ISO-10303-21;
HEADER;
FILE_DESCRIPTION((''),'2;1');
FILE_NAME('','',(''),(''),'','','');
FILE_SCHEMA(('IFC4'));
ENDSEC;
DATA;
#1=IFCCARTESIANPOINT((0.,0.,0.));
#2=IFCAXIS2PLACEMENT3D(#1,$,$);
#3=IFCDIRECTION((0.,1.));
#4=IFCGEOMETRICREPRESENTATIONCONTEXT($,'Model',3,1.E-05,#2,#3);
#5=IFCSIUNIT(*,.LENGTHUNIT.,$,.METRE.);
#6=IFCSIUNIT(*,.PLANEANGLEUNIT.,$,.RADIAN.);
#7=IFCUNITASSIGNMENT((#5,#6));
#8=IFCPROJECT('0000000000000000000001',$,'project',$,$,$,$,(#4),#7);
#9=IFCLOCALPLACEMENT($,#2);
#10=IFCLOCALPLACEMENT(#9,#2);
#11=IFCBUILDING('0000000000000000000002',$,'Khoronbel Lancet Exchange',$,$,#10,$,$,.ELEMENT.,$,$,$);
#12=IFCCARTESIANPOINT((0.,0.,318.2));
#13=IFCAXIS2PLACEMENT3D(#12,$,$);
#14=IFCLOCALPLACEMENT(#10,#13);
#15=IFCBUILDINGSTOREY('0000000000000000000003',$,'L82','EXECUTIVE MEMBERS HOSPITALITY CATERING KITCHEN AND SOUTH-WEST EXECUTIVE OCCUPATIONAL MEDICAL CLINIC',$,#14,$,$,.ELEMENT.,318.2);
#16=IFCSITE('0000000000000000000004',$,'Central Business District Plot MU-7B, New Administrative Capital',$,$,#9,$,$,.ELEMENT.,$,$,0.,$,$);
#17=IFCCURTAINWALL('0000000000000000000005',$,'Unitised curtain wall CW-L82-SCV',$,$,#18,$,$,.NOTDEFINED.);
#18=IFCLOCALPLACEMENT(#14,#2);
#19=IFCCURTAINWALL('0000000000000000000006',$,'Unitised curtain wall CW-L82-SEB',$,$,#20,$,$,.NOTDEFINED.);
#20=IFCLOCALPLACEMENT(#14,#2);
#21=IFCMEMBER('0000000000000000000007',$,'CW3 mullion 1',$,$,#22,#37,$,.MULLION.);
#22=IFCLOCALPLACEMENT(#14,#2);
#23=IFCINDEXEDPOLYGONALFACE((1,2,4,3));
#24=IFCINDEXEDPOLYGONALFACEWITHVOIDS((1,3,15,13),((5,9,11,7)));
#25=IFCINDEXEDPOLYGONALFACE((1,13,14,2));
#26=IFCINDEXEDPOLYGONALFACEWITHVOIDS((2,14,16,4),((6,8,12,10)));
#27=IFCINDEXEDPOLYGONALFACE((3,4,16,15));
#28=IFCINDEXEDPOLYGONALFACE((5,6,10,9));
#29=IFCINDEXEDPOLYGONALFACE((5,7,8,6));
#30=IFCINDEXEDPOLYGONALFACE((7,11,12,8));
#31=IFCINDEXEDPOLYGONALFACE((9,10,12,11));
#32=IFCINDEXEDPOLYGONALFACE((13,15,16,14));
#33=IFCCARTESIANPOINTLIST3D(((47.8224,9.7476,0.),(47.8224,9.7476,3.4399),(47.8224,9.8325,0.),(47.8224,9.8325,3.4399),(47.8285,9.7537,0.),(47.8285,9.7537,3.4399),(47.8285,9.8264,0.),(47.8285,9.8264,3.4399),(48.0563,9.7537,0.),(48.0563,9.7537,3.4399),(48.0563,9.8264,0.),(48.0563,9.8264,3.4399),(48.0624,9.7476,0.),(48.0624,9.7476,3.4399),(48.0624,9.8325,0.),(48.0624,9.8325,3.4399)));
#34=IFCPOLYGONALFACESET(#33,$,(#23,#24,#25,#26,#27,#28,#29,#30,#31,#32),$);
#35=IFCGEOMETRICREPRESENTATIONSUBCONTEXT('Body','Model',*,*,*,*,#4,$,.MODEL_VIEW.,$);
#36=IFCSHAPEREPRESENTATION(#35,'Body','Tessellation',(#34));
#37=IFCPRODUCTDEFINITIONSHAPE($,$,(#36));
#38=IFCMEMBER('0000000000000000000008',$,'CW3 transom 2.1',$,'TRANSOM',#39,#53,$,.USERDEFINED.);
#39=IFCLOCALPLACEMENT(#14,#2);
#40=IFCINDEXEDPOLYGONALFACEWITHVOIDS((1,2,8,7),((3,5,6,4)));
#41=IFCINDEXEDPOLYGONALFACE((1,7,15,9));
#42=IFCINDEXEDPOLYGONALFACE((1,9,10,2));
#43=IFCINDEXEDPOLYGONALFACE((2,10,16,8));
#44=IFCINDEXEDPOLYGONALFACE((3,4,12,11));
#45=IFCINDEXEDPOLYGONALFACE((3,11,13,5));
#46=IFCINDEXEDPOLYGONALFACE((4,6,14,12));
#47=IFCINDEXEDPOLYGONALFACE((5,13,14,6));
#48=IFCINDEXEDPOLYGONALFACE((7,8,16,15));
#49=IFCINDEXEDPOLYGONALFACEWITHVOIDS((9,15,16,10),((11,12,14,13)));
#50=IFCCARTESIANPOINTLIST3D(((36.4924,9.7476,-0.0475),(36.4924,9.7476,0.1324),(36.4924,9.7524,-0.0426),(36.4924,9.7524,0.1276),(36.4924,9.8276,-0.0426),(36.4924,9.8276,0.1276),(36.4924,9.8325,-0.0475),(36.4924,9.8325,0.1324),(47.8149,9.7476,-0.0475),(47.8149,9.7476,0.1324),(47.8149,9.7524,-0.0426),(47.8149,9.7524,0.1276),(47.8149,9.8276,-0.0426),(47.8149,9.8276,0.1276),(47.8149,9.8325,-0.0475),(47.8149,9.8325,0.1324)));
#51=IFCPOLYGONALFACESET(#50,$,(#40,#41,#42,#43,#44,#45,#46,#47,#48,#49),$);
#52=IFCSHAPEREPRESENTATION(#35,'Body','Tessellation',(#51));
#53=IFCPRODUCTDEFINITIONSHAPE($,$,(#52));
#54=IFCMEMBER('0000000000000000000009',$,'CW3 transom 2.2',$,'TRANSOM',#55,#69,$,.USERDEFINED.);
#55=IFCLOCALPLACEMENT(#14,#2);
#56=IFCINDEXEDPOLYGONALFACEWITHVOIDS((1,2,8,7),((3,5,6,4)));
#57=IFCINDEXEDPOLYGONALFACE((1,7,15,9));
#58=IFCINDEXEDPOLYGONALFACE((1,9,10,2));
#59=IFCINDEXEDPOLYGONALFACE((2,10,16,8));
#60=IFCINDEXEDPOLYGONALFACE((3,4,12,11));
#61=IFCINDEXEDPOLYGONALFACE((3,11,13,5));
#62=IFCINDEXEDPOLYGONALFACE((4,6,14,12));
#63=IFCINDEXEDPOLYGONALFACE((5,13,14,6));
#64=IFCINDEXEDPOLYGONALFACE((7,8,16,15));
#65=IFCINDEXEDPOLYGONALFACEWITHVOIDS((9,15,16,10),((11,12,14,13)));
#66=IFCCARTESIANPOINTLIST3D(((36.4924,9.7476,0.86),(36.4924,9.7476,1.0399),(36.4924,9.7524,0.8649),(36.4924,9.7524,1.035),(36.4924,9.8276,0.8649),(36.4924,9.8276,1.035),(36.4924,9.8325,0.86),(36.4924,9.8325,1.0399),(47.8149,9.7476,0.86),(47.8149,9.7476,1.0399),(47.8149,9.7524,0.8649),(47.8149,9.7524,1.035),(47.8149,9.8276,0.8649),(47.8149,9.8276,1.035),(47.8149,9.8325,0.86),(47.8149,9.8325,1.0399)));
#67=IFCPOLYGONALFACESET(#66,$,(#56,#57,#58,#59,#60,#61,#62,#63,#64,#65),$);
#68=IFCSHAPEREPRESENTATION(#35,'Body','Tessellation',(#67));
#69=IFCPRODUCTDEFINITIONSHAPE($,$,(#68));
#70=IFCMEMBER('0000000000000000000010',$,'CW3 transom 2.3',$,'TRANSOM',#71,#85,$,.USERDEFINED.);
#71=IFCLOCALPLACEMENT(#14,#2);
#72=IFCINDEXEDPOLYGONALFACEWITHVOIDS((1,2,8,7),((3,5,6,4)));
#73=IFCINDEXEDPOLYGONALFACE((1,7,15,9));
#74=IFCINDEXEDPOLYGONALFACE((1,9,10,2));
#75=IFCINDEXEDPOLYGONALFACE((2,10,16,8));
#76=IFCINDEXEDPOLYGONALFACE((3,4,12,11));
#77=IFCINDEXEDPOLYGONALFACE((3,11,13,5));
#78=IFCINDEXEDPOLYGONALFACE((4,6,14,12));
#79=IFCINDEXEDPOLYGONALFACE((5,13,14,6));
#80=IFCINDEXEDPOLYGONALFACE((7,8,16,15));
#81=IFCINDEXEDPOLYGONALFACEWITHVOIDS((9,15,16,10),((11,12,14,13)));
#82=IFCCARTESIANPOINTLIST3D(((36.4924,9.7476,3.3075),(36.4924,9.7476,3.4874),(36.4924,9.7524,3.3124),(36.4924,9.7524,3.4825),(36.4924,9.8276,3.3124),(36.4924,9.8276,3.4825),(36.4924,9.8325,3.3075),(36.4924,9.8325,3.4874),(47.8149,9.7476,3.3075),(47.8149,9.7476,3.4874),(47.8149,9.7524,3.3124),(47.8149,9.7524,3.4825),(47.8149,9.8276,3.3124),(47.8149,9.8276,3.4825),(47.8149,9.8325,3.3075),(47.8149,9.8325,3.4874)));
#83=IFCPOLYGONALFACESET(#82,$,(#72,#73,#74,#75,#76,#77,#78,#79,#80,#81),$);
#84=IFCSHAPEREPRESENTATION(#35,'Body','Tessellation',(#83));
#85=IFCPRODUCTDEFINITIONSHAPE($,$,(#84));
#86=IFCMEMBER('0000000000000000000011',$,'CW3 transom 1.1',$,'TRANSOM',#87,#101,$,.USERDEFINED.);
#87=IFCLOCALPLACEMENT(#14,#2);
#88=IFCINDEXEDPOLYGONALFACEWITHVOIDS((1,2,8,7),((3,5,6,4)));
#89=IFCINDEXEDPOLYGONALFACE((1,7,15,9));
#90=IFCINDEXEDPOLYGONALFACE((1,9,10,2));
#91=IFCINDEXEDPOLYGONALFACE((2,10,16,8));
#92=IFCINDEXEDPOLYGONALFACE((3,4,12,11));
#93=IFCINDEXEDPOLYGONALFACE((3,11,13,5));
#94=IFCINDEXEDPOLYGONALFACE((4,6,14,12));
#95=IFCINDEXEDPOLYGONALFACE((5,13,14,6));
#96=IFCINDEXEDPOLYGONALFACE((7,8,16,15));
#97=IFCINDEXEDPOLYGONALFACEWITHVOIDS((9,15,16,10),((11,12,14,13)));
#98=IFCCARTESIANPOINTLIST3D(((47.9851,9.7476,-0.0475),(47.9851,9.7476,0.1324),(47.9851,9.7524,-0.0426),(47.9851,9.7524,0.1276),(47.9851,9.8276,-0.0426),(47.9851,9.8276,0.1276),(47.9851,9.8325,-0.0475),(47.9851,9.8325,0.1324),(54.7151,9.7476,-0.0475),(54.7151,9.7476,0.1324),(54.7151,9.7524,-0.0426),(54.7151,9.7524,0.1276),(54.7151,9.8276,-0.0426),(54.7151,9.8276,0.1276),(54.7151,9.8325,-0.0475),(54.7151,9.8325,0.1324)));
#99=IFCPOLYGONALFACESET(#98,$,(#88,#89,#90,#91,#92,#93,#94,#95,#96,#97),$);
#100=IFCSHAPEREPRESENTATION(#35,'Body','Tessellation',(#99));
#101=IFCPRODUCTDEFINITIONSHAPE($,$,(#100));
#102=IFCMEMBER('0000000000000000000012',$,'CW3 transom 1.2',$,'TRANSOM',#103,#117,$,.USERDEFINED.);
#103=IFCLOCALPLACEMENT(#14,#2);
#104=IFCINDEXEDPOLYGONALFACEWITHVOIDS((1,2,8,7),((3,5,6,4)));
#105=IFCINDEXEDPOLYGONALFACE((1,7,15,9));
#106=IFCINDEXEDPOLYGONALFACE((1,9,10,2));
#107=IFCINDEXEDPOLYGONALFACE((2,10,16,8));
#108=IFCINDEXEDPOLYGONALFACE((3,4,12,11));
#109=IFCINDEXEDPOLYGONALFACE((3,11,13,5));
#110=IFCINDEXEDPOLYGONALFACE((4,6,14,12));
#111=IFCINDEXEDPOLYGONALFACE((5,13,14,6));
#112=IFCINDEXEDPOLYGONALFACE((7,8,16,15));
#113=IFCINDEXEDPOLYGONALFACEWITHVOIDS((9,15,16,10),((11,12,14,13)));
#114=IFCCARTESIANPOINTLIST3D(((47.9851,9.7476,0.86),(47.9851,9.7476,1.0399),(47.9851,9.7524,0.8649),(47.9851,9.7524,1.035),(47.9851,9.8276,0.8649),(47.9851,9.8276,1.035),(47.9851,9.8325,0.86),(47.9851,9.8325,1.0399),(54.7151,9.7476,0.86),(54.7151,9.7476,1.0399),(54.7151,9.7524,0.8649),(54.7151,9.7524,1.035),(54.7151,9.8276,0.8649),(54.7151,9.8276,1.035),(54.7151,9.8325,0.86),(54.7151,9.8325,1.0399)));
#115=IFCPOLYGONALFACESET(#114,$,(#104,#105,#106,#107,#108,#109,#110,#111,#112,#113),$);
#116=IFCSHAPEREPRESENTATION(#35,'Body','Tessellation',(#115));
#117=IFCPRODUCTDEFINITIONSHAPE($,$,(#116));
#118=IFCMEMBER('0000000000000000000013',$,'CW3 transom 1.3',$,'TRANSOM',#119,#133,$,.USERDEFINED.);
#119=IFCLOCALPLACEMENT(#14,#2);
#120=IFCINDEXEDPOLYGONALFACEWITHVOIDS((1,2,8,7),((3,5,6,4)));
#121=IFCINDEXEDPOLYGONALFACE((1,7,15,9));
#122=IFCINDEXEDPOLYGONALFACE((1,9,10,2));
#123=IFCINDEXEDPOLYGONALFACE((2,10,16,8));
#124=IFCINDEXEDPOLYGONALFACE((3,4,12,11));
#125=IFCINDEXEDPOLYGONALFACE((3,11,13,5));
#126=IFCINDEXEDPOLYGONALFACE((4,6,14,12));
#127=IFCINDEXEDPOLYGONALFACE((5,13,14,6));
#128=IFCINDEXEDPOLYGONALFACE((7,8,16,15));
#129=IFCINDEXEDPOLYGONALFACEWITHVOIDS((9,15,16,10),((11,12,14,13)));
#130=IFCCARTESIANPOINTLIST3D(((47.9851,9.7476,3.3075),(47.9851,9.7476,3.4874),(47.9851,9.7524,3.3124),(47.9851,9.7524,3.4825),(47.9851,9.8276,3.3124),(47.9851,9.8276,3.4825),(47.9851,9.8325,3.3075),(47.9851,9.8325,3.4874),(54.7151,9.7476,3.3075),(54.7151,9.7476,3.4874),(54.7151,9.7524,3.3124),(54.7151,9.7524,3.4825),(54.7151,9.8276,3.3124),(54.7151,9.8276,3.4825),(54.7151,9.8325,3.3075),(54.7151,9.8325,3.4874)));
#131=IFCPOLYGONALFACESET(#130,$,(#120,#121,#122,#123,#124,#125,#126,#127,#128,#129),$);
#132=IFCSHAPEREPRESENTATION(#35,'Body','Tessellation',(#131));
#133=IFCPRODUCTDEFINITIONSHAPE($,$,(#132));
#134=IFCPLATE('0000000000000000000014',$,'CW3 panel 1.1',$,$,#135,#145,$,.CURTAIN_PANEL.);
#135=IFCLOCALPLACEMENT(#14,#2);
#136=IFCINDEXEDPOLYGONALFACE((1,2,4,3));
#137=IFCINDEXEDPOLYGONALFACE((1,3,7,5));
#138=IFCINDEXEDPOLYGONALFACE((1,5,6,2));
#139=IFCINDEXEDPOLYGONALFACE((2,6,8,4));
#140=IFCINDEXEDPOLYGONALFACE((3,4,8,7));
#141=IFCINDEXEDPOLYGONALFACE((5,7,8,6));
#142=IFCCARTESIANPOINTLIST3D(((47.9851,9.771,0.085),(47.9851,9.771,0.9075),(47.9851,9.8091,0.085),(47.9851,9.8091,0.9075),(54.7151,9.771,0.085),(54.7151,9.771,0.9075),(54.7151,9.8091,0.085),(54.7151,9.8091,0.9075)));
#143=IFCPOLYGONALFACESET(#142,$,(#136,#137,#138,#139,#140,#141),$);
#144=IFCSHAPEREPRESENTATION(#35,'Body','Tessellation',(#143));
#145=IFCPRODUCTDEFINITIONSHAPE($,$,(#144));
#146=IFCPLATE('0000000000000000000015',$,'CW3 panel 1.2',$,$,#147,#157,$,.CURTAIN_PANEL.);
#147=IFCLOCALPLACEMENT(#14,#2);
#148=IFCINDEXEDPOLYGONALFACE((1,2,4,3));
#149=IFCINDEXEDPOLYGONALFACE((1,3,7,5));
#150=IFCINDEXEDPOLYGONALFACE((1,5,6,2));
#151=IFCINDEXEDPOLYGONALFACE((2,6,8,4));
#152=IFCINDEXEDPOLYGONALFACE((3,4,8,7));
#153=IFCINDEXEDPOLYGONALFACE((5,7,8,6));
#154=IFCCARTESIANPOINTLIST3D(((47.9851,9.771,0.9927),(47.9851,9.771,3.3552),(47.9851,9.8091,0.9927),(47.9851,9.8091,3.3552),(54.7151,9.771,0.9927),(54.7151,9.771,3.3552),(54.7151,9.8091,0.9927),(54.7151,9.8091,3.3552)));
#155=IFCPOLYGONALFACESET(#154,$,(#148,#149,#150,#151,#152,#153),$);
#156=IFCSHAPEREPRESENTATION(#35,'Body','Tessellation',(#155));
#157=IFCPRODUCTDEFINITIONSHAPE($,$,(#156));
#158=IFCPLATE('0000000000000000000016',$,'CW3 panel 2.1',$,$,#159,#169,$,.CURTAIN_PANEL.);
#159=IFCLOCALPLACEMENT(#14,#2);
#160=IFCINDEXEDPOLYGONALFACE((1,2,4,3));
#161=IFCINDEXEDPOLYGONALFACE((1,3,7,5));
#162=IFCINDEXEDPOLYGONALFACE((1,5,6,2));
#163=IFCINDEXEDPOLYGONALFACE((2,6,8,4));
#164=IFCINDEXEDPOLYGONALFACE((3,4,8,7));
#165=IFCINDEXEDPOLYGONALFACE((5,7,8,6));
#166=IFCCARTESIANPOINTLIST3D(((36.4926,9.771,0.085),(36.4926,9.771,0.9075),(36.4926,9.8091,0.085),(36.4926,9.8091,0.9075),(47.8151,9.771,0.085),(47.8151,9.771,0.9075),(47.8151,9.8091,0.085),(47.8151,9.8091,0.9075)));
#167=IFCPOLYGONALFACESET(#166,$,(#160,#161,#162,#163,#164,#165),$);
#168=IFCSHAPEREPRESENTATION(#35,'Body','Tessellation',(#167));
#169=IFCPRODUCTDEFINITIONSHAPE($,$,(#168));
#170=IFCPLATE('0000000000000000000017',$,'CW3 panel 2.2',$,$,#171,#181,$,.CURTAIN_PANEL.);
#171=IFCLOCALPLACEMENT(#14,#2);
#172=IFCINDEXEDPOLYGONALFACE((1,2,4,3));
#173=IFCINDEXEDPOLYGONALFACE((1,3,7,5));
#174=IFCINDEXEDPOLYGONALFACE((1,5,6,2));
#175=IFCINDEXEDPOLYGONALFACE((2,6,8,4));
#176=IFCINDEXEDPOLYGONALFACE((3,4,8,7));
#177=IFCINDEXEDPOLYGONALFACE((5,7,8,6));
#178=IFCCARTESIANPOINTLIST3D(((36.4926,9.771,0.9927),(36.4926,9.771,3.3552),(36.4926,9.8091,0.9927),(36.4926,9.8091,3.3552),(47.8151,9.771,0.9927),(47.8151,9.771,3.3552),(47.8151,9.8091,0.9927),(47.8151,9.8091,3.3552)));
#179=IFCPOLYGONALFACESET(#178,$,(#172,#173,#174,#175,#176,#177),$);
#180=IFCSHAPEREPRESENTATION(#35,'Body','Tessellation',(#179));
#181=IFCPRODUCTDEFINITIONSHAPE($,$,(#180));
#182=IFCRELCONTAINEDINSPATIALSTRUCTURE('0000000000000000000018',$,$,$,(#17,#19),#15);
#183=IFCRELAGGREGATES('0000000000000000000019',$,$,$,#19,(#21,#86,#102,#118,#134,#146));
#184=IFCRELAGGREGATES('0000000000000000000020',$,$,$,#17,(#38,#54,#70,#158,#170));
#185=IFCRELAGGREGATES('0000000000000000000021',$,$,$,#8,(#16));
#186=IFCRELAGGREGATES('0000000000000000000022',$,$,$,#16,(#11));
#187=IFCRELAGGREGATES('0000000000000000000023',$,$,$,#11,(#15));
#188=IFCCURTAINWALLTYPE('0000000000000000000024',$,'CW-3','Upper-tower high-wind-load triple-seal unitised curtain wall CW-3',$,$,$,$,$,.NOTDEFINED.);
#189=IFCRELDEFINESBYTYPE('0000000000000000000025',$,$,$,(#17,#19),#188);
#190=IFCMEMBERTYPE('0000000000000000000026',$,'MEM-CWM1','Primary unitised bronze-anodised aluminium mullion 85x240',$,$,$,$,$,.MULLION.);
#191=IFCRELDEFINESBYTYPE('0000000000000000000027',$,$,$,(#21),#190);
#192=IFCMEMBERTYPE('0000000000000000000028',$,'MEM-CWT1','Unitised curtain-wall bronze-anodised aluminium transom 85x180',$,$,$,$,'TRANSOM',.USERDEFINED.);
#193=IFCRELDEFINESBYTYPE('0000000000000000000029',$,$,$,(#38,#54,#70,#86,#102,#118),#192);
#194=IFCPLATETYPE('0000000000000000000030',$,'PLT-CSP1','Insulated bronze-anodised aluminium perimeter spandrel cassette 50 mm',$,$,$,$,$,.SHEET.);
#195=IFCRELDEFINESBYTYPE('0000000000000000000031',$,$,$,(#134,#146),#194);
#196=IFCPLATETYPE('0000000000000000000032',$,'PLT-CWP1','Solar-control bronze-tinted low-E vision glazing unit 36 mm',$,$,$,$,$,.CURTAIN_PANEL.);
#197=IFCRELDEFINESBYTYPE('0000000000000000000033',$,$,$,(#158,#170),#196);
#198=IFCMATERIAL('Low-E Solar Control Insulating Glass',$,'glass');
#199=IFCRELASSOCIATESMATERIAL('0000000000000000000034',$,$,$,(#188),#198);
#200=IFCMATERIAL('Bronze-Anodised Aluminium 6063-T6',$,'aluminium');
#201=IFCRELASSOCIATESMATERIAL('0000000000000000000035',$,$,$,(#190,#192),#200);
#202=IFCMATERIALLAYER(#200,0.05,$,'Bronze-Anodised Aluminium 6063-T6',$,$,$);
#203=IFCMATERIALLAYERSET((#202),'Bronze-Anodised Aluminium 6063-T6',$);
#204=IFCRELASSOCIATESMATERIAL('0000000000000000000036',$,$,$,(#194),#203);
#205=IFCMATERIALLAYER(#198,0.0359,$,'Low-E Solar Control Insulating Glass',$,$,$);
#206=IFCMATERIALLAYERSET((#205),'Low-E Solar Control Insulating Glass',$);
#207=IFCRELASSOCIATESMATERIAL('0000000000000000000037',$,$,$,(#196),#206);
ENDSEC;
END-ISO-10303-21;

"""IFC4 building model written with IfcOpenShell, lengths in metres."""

from ifc_helpers import new_model, si_unit, direction, frame, origin, origin_2d, place, context, subcontext, project, spatial, rectangle, hollow_rectangle, extrude, material, layer, layer_set, material_profile, profile_set, type_object, element, aggregate, save


model = new_model("IFC4")

# Units and contexts
model_context = context("Model", 3, precision=1e-05, world=origin(), true_north=direction((0.0, 1.0)))
body_context = subcontext(model_context, "Body", "Model", "MODEL_VIEW")
ifc_project = project(units=[si_unit("LENGTHUNIT", "METRE"), si_unit("PLANEANGLEUNIT", "RADIAN")], contexts=[model_context])

# Site, building, storey
site_placement = place(None, origin())
site = spatial("IfcSite", under=ifc_project, at=site_placement, Name="Central Business District Plot MU-7B, New Administrative Capital", CompositionType="ELEMENT", RefElevation=0.0)
building_placement = place(site_placement, origin())
building = spatial("IfcBuilding", under=site, at=building_placement, Name="Khoronbel Lancet Exchange", CompositionType="ELEMENT")
storey_placement = place(building_placement, frame((0.0, 0.0, 318.2)))
storey = spatial("IfcBuildingStorey", under=building, at=storey_placement, Name="L82", Description="EXECUTIVE MEMBERS HOSPITALITY CATERING KITCHEN AND SOUTH-WEST EXECUTIVE OCCUPATIONAL MEDICAL CLINIC", CompositionType="ELEMENT", Elevation=318.2)

# Curtain wall
ifc_material_1 = material(Name="Low-E Solar Control Insulating Glass", Category="glass")
curtain_wall_type = type_object("IfcCurtainWallType", Name="CW-3", Description="Upper-tower high-wind-load triple-seal unitised curtain wall CW-3", PredefinedType="NOTDEFINED", material=ifc_material_1)
curtain_wall_1_placement = place(storey_placement, origin())
curtain_wall_1 = element("IfcCurtainWall", 1, at=curtain_wall_1_placement, inside=storey, type_object=curtain_wall_type, Name="Unitised curtain wall CW-L82-SCV", PredefinedType="NOTDEFINED")
ifc_material_2 = material(Name="Bronze-Anodised Aluminium 6063-T6", Category="aluminium")
ifc_material_profile_1 = material_profile(ifc_material_2, hollow_rectangle(XDim=0.085, YDim=0.24, WallThickness=0.0061, at=origin_2d()), Name="ALU MULLION 85x240")
ifc_profile_set_1 = profile_set([ifc_material_profile_1], Name="Bronze-Anodised Aluminium 6063-T6")
member_type_1 = type_object("IfcMemberType", Name="MEM-CWM1", Description="Primary unitised bronze-anodised aluminium mullion 85x240", PredefinedType="MULLION", material=ifc_profile_set_1)

# Curtain wall, member
curtain_wall_2_placement = place(storey_placement, origin())
curtain_wall_2 = element("IfcCurtainWall", 2, at=curtain_wall_2_placement, inside=storey, type_object=curtain_wall_type, Name="Unitised curtain wall CW-L82-SEB", PredefinedType="NOTDEFINED")
member_1_placement = place(storey_placement, frame((47.9424, 9.79, 0.0), z_axis=(0.0, 0.0, 1.0), x_axis=(0.0, 1.0, 0.0)))
member_1 = element("IfcMember", 3, at=member_1_placement, type_object=member_type_1, Name="CW3 mullion 1", PredefinedType="MULLION", context=body_context, shape_type="SweptSolid", body=[
    extrude(hollow_rectangle(XDim=0.085, YDim=0.24, WallThickness=0.0061, at=origin_2d()), origin(), (0.0, 0.0, 1.0), 3.4399),
])

# Members
ifc_material_profile_2 = material_profile(ifc_material_2, hollow_rectangle(XDim=0.085, YDim=0.1799, WallThickness=0.0049, at=origin_2d()), Name="ALU TRANSOM 85x180")
ifc_profile_set_2 = profile_set([ifc_material_profile_2], Name="Bronze-Anodised Aluminium 6063-T6")
member_type_2 = type_object("IfcMemberType", Name="MEM-CWT1", Description="Unitised curtain-wall bronze-anodised aluminium transom 85x180", ElementType="TRANSOM", PredefinedType="USERDEFINED", material=ifc_profile_set_2)
member_2_placement = place(storey_placement, frame((36.4924, 9.79, 0.0425), z_axis=(1.0, 0.0, 0.0), x_axis=(0.0, 1.0, 0.0)))
member_2 = element("IfcMember", 4, at=member_2_placement, type_object=member_type_2, Name="CW3 transom 2.1", ObjectType="TRANSOM", PredefinedType="USERDEFINED", context=body_context, shape_type="SweptSolid", body=[
    extrude(hollow_rectangle(XDim=0.085, YDim=0.1799, WallThickness=0.0049, at=origin_2d()), origin(), (0.0, 0.0, 1.0), 11.3225),
])
member_3_placement = place(storey_placement, frame((36.4924, 9.79, 0.95), z_axis=(1.0, 0.0, 0.0), x_axis=(0.0, 1.0, 0.0)))
member_3 = element("IfcMember", 5, at=member_3_placement, type_object=member_type_2, Name="CW3 transom 2.2", ObjectType="TRANSOM", PredefinedType="USERDEFINED", context=body_context, shape_type="SweptSolid", body=[
    extrude(hollow_rectangle(XDim=0.085, YDim=0.1799, WallThickness=0.0049, at=origin_2d()), origin(), (0.0, 0.0, 1.0), 11.3225),
])
member_4_placement = place(storey_placement, frame((36.4924, 9.79, 3.3975), z_axis=(1.0, 0.0, 0.0), x_axis=(0.0, 1.0, 0.0)))
member_4 = element("IfcMember", 6, at=member_4_placement, type_object=member_type_2, Name="CW3 transom 2.3", ObjectType="TRANSOM", PredefinedType="USERDEFINED", context=body_context, shape_type="SweptSolid", body=[
    extrude(hollow_rectangle(XDim=0.085, YDim=0.1799, WallThickness=0.0049, at=origin_2d()), origin(), (0.0, 0.0, 1.0), 11.3225),
])
member_5_placement = place(storey_placement, frame((47.9851, 9.79, 0.0425), z_axis=(1.0, 0.0, 0.0), x_axis=(0.0, 1.0, 0.0)))
member_5 = element("IfcMember", 7, at=member_5_placement, type_object=member_type_2, Name="CW3 transom 1.1", ObjectType="TRANSOM", PredefinedType="USERDEFINED", context=body_context, shape_type="SweptSolid", body=[
    extrude(hollow_rectangle(XDim=0.085, YDim=0.1799, WallThickness=0.0049, at=origin_2d()), origin(), (0.0, 0.0, 1.0), 6.73),
])
member_6_placement = place(storey_placement, frame((47.9851, 9.79, 0.95), z_axis=(1.0, 0.0, 0.0), x_axis=(0.0, 1.0, 0.0)))
member_6 = element("IfcMember", 8, at=member_6_placement, type_object=member_type_2, Name="CW3 transom 1.2", ObjectType="TRANSOM", PredefinedType="USERDEFINED", context=body_context, shape_type="SweptSolid", body=[
    extrude(hollow_rectangle(XDim=0.085, YDim=0.1799, WallThickness=0.0049, at=origin_2d()), origin(), (0.0, 0.0, 1.0), 6.73),
])
member_7_placement = place(storey_placement, frame((47.9851, 9.79, 3.3975), z_axis=(1.0, 0.0, 0.0), x_axis=(0.0, 1.0, 0.0)))
member_7 = element("IfcMember", 9, at=member_7_placement, type_object=member_type_2, Name="CW3 transom 1.3", ObjectType="TRANSOM", PredefinedType="USERDEFINED", context=body_context, shape_type="SweptSolid", body=[
    extrude(hollow_rectangle(XDim=0.085, YDim=0.1799, WallThickness=0.0049, at=origin_2d()), origin(), (0.0, 0.0, 1.0), 6.73),
])

# Plates
ifc_layer_1 = layer(ifc_material_2, 0.05, Name="Bronze-Anodised Aluminium 6063-T6")
ifc_layer_set_1 = layer_set([ifc_layer_1], Name="Bronze-Anodised Aluminium 6063-T6")
plate_type_1 = type_object("IfcPlateType", Name="PLT-CSP1", Description="Insulated bronze-anodised aluminium perimeter spandrel cassette 50 mm", PredefinedType="SHEET", material=ifc_layer_set_1)
plate_1_placement = place(storey_placement, frame((51.3501, 9.79, 0.085), z_axis=(0.0, 0.0, 1.0), x_axis=(1.0, 0.0, 0.0)))
plate_1 = element("IfcPlate", 10, at=plate_1_placement, type_object=plate_type_1, Name="CW3 panel 1.1", PredefinedType="CURTAIN_PANEL", context=body_context, shape_type="SweptSolid", body=[
    extrude(rectangle(XDim=6.73, YDim=0.0381, at=origin_2d()), origin(), (0.0, 0.0, 1.0), 0.8225),
])
plate_2_placement = place(storey_placement, frame((51.3501, 9.79, 0.9927), z_axis=(0.0, 0.0, 1.0), x_axis=(1.0, 0.0, 0.0)))
plate_2 = element("IfcPlate", 11, at=plate_2_placement, type_object=plate_type_1, Name="CW3 panel 1.2", PredefinedType="CURTAIN_PANEL", context=body_context, shape_type="SweptSolid", body=[
    extrude(rectangle(XDim=6.73, YDim=0.0381, at=origin_2d()), origin(), (0.0, 0.0, 1.0), 2.3625),
])
aggregate(curtain_wall_2, [member_1, member_5, member_6, member_7, plate_1, plate_2])
ifc_layer_2 = layer(ifc_material_1, 0.0359, Name="Low-E Solar Control Insulating Glass")
ifc_layer_set_2 = layer_set([ifc_layer_2], Name="Low-E Solar Control Insulating Glass")
plate_type_2 = type_object("IfcPlateType", Name="PLT-CWP1", Description="Solar-control bronze-tinted low-E vision glazing unit 36 mm", PredefinedType="CURTAIN_PANEL", material=ifc_layer_set_2)
plate_3_placement = place(storey_placement, frame((42.1538, 9.79, 0.085), z_axis=(0.0, 0.0, 1.0), x_axis=(1.0, 0.0, 0.0)))
plate_3 = element("IfcPlate", 12, at=plate_3_placement, type_object=plate_type_2, Name="CW3 panel 2.1", PredefinedType="CURTAIN_PANEL", context=body_context, shape_type="SweptSolid", body=[
    extrude(rectangle(XDim=11.3225, YDim=0.0381, at=origin_2d()), origin(), (0.0, 0.0, 1.0), 0.8225),
])
plate_4_placement = place(storey_placement, frame((42.1538, 9.79, 0.9927), z_axis=(0.0, 0.0, 1.0), x_axis=(1.0, 0.0, 0.0)))
plate_4 = element("IfcPlate", 13, at=plate_4_placement, type_object=plate_type_2, Name="CW3 panel 2.2", PredefinedType="CURTAIN_PANEL", context=body_context, shape_type="SweptSolid", body=[
    extrude(rectangle(XDim=11.3225, YDim=0.0381, at=origin_2d()), origin(), (0.0, 0.0, 1.0), 2.3625),
])
aggregate(curtain_wall_1, [member_2, member_3, member_4, plate_3, plate_4])

save(model, "model.ifc")
